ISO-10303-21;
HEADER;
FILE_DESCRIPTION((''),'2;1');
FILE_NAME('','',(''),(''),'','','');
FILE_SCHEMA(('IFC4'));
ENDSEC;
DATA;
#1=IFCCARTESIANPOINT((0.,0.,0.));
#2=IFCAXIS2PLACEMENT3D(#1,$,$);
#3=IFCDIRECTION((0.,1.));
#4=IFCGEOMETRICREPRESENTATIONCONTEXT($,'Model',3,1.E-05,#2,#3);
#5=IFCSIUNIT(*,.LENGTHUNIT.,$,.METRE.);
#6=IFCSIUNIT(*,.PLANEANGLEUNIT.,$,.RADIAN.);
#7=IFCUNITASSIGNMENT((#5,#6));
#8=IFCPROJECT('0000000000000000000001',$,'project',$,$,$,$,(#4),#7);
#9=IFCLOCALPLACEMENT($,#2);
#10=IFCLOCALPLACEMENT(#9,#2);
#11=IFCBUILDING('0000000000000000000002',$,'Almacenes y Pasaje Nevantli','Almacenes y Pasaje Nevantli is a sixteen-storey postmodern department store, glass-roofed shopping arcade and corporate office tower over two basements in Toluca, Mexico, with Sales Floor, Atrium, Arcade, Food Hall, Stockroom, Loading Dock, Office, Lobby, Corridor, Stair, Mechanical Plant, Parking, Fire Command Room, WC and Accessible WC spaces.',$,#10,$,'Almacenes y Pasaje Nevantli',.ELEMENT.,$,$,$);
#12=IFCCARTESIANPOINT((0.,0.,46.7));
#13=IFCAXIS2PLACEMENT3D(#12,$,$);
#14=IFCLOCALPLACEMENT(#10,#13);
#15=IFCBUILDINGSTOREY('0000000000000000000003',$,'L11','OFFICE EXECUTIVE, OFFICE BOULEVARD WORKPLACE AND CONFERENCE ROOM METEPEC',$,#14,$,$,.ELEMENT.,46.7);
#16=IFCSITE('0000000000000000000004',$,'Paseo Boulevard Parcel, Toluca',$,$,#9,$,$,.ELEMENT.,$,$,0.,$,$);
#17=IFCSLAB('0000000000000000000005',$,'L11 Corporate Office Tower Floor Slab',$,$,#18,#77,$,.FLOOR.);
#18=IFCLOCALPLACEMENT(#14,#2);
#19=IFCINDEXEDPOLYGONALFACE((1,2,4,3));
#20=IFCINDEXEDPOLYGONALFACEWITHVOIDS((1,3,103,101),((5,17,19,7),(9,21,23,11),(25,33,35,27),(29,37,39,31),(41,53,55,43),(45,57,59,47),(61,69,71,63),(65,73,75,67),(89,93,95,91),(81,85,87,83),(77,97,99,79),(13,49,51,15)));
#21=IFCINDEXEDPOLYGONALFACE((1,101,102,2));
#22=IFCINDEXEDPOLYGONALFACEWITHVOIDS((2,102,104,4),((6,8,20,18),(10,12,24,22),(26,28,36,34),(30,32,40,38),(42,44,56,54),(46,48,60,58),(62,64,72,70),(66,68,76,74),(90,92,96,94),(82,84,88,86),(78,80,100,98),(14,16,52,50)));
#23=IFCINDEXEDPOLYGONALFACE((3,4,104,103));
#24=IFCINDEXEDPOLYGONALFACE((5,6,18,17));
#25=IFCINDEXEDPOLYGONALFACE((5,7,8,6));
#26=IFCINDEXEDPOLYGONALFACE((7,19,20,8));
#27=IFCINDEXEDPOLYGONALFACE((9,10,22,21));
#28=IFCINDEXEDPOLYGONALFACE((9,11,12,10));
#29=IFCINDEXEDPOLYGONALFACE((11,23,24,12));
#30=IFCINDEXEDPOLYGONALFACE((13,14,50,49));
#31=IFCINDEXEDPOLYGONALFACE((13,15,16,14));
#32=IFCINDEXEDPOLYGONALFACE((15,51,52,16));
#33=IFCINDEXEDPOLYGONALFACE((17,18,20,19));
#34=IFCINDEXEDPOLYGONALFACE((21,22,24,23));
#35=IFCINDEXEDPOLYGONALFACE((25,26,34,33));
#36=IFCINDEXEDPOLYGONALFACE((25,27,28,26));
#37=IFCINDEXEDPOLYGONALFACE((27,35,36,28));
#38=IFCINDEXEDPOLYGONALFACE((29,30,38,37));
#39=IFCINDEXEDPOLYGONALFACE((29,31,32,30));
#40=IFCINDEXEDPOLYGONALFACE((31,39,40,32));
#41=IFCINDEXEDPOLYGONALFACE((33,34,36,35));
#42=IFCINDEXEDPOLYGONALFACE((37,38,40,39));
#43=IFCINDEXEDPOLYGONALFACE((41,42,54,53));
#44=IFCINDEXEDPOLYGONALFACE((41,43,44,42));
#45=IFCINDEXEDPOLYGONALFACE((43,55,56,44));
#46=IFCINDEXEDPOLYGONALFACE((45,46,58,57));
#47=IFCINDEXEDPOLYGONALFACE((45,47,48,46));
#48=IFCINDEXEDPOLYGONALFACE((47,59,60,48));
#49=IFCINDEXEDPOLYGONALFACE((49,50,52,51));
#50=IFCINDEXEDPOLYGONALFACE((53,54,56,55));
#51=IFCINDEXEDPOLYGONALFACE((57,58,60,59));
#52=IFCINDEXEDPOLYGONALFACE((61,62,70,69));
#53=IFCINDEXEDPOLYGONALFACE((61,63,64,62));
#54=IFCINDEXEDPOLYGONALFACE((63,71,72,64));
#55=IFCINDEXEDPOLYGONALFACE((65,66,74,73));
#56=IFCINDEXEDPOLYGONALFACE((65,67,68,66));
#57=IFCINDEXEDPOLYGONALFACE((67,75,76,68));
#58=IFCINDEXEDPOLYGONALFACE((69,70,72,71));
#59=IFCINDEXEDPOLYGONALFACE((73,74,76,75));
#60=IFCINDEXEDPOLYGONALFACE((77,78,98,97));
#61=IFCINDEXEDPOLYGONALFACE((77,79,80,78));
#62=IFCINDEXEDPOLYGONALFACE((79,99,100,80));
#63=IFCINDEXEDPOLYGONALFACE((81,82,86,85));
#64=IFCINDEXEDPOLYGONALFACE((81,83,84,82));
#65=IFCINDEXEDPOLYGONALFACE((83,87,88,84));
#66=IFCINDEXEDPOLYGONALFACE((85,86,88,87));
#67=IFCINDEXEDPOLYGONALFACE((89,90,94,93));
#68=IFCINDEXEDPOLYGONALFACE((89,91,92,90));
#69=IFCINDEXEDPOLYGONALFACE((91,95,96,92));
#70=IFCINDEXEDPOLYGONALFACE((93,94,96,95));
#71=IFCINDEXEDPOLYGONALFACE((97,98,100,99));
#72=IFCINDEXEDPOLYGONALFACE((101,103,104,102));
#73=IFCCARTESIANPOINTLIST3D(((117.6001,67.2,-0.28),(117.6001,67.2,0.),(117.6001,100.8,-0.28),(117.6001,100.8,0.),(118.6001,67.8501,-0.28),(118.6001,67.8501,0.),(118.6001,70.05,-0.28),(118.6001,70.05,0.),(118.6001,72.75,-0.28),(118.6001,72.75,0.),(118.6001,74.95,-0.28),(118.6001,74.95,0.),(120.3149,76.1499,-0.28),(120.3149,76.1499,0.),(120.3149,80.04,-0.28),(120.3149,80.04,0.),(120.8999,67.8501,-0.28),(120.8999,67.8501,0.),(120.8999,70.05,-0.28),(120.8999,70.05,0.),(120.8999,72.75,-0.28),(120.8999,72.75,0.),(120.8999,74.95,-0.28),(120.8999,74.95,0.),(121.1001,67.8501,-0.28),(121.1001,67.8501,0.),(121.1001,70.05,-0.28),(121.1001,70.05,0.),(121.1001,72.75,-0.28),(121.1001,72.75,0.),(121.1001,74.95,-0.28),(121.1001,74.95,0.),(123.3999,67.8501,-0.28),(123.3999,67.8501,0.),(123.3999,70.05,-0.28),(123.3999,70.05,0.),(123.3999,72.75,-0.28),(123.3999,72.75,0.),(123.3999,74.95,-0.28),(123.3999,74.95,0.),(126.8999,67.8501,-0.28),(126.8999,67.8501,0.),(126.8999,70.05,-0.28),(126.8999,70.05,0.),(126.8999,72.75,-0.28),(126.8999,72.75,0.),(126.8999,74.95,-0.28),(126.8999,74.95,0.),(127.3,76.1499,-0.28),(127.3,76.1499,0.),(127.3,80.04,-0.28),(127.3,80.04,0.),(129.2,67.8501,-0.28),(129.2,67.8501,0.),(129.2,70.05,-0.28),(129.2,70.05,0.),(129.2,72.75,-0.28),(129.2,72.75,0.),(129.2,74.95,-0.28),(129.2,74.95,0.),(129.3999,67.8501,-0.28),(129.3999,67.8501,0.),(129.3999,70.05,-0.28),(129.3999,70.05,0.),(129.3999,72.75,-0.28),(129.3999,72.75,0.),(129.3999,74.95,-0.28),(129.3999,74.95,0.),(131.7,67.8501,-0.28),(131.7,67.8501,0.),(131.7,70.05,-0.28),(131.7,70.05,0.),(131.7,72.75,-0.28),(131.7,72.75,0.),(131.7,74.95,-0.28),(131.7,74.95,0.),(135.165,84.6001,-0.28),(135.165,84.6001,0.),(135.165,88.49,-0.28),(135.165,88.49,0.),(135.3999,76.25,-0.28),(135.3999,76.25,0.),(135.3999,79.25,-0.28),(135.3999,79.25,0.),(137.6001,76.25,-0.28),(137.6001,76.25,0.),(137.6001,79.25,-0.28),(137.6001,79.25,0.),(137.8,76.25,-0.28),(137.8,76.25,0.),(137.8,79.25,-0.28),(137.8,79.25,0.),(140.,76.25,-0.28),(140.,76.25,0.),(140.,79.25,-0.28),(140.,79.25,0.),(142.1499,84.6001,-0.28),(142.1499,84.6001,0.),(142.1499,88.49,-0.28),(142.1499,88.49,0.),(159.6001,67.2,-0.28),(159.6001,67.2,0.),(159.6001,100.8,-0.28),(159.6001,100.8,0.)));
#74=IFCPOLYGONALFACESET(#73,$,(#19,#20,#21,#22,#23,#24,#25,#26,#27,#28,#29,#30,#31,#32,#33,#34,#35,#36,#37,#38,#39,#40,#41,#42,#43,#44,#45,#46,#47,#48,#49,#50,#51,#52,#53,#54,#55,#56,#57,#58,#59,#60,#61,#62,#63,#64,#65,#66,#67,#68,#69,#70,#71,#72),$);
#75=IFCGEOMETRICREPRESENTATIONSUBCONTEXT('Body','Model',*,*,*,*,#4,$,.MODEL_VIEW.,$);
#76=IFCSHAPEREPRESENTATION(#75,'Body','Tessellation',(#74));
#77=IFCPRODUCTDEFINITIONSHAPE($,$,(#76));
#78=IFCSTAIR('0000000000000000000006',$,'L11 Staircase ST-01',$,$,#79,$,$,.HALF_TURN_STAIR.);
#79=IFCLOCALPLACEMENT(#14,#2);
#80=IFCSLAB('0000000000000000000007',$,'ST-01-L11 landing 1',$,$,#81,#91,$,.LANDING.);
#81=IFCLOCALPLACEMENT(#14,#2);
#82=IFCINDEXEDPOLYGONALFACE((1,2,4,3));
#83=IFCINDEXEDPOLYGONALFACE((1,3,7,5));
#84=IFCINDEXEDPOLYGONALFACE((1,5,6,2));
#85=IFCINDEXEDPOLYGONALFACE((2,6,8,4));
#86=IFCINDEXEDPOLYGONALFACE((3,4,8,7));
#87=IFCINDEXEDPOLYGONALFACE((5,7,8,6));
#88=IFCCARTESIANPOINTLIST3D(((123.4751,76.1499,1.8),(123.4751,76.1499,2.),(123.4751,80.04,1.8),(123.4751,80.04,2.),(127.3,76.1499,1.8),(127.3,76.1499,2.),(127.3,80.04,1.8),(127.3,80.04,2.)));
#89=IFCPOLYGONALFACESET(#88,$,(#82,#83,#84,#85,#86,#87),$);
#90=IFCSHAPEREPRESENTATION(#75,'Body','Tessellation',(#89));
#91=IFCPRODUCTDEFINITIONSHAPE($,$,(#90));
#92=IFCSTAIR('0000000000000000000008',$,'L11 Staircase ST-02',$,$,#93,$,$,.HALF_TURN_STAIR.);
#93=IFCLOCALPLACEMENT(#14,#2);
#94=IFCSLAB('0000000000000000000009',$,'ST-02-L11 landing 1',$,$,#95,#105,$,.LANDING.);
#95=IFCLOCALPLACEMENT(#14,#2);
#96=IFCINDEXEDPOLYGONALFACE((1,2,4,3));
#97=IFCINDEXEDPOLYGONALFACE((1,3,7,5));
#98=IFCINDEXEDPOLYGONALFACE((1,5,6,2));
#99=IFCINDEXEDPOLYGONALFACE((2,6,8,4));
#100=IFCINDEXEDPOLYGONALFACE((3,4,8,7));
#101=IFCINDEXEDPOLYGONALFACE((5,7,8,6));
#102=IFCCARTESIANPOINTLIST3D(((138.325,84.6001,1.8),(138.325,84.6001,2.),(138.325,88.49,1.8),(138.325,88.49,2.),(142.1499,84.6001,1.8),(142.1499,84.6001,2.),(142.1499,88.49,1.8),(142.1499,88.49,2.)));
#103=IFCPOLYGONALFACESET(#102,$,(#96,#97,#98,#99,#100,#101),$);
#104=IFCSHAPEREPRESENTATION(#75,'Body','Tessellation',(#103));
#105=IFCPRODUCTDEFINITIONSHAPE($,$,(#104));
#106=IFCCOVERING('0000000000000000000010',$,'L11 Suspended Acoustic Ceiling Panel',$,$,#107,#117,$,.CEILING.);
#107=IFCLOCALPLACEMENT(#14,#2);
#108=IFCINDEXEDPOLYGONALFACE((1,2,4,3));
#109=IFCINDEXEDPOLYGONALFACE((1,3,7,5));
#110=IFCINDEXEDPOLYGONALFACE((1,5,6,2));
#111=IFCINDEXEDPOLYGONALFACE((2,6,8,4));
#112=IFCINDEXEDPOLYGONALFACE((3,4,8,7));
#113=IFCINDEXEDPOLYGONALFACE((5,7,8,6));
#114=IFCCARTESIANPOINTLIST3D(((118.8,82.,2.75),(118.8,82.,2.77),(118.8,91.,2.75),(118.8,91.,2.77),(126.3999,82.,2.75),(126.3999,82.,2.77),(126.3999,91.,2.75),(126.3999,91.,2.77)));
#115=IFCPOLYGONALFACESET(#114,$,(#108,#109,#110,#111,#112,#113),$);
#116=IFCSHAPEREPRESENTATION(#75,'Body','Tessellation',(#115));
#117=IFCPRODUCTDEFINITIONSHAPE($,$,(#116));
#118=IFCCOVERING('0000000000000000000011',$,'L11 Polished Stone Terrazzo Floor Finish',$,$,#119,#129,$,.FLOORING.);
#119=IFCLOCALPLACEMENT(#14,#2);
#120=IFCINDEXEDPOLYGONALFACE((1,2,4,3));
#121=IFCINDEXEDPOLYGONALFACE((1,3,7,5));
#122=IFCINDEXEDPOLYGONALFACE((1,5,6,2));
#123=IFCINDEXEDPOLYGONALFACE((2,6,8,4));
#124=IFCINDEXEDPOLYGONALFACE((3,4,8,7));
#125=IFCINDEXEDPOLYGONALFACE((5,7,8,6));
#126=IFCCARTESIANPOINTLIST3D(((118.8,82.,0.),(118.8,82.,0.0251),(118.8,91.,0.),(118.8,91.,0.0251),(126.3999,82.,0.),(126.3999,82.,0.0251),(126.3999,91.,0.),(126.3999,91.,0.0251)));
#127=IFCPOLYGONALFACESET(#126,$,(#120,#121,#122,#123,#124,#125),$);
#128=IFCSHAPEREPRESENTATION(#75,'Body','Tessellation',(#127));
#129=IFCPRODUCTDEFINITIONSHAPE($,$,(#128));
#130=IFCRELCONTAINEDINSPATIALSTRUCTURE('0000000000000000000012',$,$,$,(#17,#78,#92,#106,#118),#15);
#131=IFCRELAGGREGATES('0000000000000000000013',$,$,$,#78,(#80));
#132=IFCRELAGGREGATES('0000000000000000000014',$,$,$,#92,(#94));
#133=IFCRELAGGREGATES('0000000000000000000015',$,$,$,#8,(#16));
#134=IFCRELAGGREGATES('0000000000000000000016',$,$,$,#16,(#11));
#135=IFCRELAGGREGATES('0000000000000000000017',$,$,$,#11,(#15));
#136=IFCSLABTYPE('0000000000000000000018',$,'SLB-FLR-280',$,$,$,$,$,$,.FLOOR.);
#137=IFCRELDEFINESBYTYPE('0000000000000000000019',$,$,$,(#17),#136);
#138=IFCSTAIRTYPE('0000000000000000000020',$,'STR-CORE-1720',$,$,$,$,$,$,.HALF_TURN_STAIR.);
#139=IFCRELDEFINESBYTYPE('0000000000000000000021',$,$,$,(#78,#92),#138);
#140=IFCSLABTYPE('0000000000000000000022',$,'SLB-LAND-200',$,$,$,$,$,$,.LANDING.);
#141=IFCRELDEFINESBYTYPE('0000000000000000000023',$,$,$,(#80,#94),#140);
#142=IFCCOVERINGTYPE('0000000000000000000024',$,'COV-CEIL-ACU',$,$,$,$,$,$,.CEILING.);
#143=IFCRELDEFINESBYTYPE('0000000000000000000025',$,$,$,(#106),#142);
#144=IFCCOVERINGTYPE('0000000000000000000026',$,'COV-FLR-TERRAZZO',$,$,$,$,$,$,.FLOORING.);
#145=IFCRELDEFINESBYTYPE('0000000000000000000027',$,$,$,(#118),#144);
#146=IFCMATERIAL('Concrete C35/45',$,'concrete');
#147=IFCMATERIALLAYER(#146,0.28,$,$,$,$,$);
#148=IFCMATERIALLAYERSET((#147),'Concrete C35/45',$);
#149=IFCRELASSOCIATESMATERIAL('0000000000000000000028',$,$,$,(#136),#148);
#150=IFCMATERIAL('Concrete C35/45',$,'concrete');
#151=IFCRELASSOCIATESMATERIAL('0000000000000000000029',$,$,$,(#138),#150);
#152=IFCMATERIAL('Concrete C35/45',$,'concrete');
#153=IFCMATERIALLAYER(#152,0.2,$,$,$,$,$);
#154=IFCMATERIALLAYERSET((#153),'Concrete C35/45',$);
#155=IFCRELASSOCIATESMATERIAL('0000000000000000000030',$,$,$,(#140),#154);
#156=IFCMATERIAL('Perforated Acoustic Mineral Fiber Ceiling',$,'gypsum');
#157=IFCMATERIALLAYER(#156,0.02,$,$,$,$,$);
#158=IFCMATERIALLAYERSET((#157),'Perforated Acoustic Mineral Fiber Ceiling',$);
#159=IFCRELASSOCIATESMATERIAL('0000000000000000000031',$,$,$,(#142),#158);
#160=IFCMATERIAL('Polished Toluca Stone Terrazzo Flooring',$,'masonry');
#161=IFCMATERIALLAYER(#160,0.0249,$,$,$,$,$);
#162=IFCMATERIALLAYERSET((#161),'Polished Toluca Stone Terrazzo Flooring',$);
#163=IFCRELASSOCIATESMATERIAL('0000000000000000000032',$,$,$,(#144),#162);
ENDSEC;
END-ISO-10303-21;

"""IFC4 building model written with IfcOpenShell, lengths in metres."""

from ifc_helpers import new_model, si_unit, direction, frame, origin, place, context, subcontext, project, spatial, polyline, outline, extrude, material, layer, layer_set, type_object, element, aggregate, save


model = new_model("IFC4")

# Units and contexts
model_context = context("Model", 3, precision=1e-05, world=origin(), true_north=direction((0.0, 1.0)))
body_context = subcontext(model_context, "Body", "Model", "MODEL_VIEW")
ifc_project = project(units=[si_unit("LENGTHUNIT", "METRE"), si_unit("PLANEANGLEUNIT", "RADIAN")], contexts=[model_context])

# Site, building, storey
site_placement = place(None, origin())
site = spatial("IfcSite", under=ifc_project, at=site_placement, Name="Paseo Boulevard Parcel, Toluca", CompositionType="ELEMENT", RefElevation=0.0)
building_placement = place(site_placement, origin())
building = spatial("IfcBuilding", under=site, at=building_placement, Name="Almacenes y Pasaje Nevantli", Description="Almacenes y Pasaje Nevantli is a sixteen-storey postmodern department store, glass-roofed shopping arcade and corporate office tower over two basements in Toluca, Mexico, with Sales Floor, Atrium, Arcade, Food Hall, Stockroom, Loading Dock, Office, Lobby, Corridor, Stair, Mechanical Plant, Parking, Fire Command Room, WC and Accessible WC spaces.", LongName="Almacenes y Pasaje Nevantli", CompositionType="ELEMENT")
storey_placement = place(building_placement, frame((0.0, 0.0, 46.7)))
storey = spatial("IfcBuildingStorey", under=building, at=storey_placement, Name="L11", Description="OFFICE EXECUTIVE, OFFICE BOULEVARD WORKPLACE AND CONFERENCE ROOM METEPEC", CompositionType="ELEMENT", Elevation=46.7)

# Slab
ifc_material_1 = material(Name="Concrete C35/45", Category="concrete")
ifc_layer_1 = layer(ifc_material_1, 0.28)
ifc_layer_set_1 = layer_set([ifc_layer_1], Name="Concrete C35/45")
slab_type_1 = type_object("IfcSlabType", Name="SLB-FLR-280", PredefinedType="FLOOR", material=ifc_layer_set_1)
slab_1_placement = place(storey_placement, frame((0.0, 0.0, -0.28)))
element("IfcSlab", 1, at=slab_1_placement, inside=storey, type_object=slab_type_1, Name="L11 Corporate Office Tower Floor Slab", PredefinedType="FLOOR", context=body_context, shape_type="SweptSolid", body=[
    extrude(outline(polyline([(117.6001, 67.2), (159.6001, 67.2), (159.6001, 100.8), (117.6001, 100.8), (117.6001, 67.2)]), holes=[polyline([(120.3149, 76.1499), (127.3, 76.1499), (127.3, 80.04), (120.3149, 80.04), (120.3149, 76.1499)]), polyline([(135.165, 84.6001), (142.1499, 84.6001), (142.1499, 88.49), (135.165, 88.49), (135.165, 84.6001)]), polyline([(126.8999, 67.8501), (129.2, 67.8501), (129.2, 70.05), (126.8999, 70.05), (126.8999, 67.8501)]), polyline([(129.3999, 67.8501), (131.7, 67.8501), (131.7, 70.05), (129.3999, 70.05), (129.3999, 67.8501)]), polyline([(126.8999, 72.75), (129.2, 72.75), (129.2, 74.95), (126.8999, 74.95), (126.8999, 72.75)]), polyline([(129.3999, 72.75), (131.7, 72.75), (131.7, 74.95), (129.3999, 74.95), (129.3999, 72.75)]), polyline([(118.6001, 67.8501), (120.8999, 67.8501), (120.8999, 70.05), (118.6001, 70.05), (118.6001, 67.8501)]), polyline([(121.1001, 67.8501), (123.3999, 67.8501), (123.3999, 70.05), (121.1001, 70.05), (121.1001, 67.8501)]), polyline([(118.6001, 72.75), (120.8999, 72.75), (120.8999, 74.95), (118.6001, 74.95), (118.6001, 72.75)]), polyline([(121.1001, 72.75), (123.3999, 72.75), (123.3999, 74.95), (121.1001, 74.95), (121.1001, 72.75)]), polyline([(135.3999, 76.25), (137.6001, 76.25), (137.6001, 79.25), (135.3999, 79.25), (135.3999, 76.25)]), polyline([(137.8, 76.25), (140.0, 76.25), (140.0, 79.25), (137.8, 79.25), (137.8, 76.25)])]), origin(), (0.0, 0.0, 1.0), 0.28),
])

# Stairs, slabs
ifc_material_2 = material(Name="Concrete C35/45", Category="concrete")
stair_type = type_object("IfcStairType", Name="STR-CORE-1720", PredefinedType="HALF_TURN_STAIR", material=ifc_material_2)
stair_1_placement = place(storey_placement, origin())
stair_1 = element("IfcStair", 2, at=stair_1_placement, inside=storey, type_object=stair_type, Name="L11 Staircase ST-01", PredefinedType="HALF_TURN_STAIR")
ifc_material_3 = material(Name="Concrete C35/45", Category="concrete")
ifc_layer_2 = layer(ifc_material_3, 0.2)
ifc_layer_set_2 = layer_set([ifc_layer_2], Name="Concrete C35/45")
slab_type_2 = type_object("IfcSlabType", Name="SLB-LAND-200", PredefinedType="LANDING", material=ifc_layer_set_2)
slab_2_placement = place(storey_placement, frame((0.0, 0.0, 1.8)))
slab_2 = element("IfcSlab", 3, at=slab_2_placement, type_object=slab_type_2, Name="ST-01-L11 landing 1", PredefinedType="LANDING", context=body_context, shape_type="SweptSolid", body=[
    extrude(outline(polyline([(123.4751, 76.1499), (127.3, 76.1499), (127.3, 80.04), (123.4751, 80.04), (123.4751, 76.1499)])), origin(), (0.0, 0.0, 1.0), 0.2),
])
aggregate(stair_1, [slab_2])
stair_2_placement = place(storey_placement, origin())
stair_2 = element("IfcStair", 4, at=stair_2_placement, inside=storey, type_object=stair_type, Name="L11 Staircase ST-02", PredefinedType="HALF_TURN_STAIR")
slab_3_placement = place(storey_placement, frame((0.0, 0.0, 1.8)))
slab_3 = element("IfcSlab", 5, at=slab_3_placement, type_object=slab_type_2, Name="ST-02-L11 landing 1", PredefinedType="LANDING", context=body_context, shape_type="SweptSolid", body=[
    extrude(outline(polyline([(138.325, 84.6001), (142.1499, 84.6001), (142.1499, 88.49), (138.325, 88.49), (138.325, 84.6001)])), origin(), (0.0, 0.0, 1.0), 0.2),
])
aggregate(stair_2, [slab_3])

# Coverings
ifc_material_4 = material(Name="Perforated Acoustic Mineral Fiber Ceiling", Category="gypsum")
ifc_layer_3 = layer(ifc_material_4, 0.02)
ifc_layer_set_3 = layer_set([ifc_layer_3], Name="Perforated Acoustic Mineral Fiber Ceiling")
covering_type_1 = type_object("IfcCoveringType", Name="COV-CEIL-ACU", PredefinedType="CEILING", material=ifc_layer_set_3)
covering_1_placement = place(storey_placement, frame((0.0, 0.0, 2.75)))
element("IfcCovering", 6, at=covering_1_placement, inside=storey, type_object=covering_type_1, Name="L11 Suspended Acoustic Ceiling Panel", PredefinedType="CEILING", context=body_context, shape_type="SweptSolid", body=[
    extrude(outline(polyline([(118.8, 82.0), (126.3999, 82.0), (126.3999, 91.0), (118.8, 91.0), (118.8, 82.0)])), origin(), (0.0, 0.0, 1.0), 0.02),
])
ifc_material_5 = material(Name="Polished Toluca Stone Terrazzo Flooring", Category="masonry")
ifc_layer_4 = layer(ifc_material_5, 0.0249)
ifc_layer_set_4 = layer_set([ifc_layer_4], Name="Polished Toluca Stone Terrazzo Flooring")
covering_type_2 = type_object("IfcCoveringType", Name="COV-FLR-TERRAZZO", PredefinedType="FLOORING", material=ifc_layer_set_4)
covering_2_placement = place(storey_placement, origin())
element("IfcCovering", 7, at=covering_2_placement, inside=storey, type_object=covering_type_2, Name="L11 Polished Stone Terrazzo Floor Finish", PredefinedType="FLOORING", context=body_context, shape_type="SweptSolid", body=[
    extrude(outline(polyline([(118.8, 82.0), (126.3999, 82.0), (126.3999, 91.0), (118.8, 91.0), (118.8, 82.0)])), origin(), (0.0, 0.0, 1.0), 0.0251),
])

save(model, "model.ifc")
